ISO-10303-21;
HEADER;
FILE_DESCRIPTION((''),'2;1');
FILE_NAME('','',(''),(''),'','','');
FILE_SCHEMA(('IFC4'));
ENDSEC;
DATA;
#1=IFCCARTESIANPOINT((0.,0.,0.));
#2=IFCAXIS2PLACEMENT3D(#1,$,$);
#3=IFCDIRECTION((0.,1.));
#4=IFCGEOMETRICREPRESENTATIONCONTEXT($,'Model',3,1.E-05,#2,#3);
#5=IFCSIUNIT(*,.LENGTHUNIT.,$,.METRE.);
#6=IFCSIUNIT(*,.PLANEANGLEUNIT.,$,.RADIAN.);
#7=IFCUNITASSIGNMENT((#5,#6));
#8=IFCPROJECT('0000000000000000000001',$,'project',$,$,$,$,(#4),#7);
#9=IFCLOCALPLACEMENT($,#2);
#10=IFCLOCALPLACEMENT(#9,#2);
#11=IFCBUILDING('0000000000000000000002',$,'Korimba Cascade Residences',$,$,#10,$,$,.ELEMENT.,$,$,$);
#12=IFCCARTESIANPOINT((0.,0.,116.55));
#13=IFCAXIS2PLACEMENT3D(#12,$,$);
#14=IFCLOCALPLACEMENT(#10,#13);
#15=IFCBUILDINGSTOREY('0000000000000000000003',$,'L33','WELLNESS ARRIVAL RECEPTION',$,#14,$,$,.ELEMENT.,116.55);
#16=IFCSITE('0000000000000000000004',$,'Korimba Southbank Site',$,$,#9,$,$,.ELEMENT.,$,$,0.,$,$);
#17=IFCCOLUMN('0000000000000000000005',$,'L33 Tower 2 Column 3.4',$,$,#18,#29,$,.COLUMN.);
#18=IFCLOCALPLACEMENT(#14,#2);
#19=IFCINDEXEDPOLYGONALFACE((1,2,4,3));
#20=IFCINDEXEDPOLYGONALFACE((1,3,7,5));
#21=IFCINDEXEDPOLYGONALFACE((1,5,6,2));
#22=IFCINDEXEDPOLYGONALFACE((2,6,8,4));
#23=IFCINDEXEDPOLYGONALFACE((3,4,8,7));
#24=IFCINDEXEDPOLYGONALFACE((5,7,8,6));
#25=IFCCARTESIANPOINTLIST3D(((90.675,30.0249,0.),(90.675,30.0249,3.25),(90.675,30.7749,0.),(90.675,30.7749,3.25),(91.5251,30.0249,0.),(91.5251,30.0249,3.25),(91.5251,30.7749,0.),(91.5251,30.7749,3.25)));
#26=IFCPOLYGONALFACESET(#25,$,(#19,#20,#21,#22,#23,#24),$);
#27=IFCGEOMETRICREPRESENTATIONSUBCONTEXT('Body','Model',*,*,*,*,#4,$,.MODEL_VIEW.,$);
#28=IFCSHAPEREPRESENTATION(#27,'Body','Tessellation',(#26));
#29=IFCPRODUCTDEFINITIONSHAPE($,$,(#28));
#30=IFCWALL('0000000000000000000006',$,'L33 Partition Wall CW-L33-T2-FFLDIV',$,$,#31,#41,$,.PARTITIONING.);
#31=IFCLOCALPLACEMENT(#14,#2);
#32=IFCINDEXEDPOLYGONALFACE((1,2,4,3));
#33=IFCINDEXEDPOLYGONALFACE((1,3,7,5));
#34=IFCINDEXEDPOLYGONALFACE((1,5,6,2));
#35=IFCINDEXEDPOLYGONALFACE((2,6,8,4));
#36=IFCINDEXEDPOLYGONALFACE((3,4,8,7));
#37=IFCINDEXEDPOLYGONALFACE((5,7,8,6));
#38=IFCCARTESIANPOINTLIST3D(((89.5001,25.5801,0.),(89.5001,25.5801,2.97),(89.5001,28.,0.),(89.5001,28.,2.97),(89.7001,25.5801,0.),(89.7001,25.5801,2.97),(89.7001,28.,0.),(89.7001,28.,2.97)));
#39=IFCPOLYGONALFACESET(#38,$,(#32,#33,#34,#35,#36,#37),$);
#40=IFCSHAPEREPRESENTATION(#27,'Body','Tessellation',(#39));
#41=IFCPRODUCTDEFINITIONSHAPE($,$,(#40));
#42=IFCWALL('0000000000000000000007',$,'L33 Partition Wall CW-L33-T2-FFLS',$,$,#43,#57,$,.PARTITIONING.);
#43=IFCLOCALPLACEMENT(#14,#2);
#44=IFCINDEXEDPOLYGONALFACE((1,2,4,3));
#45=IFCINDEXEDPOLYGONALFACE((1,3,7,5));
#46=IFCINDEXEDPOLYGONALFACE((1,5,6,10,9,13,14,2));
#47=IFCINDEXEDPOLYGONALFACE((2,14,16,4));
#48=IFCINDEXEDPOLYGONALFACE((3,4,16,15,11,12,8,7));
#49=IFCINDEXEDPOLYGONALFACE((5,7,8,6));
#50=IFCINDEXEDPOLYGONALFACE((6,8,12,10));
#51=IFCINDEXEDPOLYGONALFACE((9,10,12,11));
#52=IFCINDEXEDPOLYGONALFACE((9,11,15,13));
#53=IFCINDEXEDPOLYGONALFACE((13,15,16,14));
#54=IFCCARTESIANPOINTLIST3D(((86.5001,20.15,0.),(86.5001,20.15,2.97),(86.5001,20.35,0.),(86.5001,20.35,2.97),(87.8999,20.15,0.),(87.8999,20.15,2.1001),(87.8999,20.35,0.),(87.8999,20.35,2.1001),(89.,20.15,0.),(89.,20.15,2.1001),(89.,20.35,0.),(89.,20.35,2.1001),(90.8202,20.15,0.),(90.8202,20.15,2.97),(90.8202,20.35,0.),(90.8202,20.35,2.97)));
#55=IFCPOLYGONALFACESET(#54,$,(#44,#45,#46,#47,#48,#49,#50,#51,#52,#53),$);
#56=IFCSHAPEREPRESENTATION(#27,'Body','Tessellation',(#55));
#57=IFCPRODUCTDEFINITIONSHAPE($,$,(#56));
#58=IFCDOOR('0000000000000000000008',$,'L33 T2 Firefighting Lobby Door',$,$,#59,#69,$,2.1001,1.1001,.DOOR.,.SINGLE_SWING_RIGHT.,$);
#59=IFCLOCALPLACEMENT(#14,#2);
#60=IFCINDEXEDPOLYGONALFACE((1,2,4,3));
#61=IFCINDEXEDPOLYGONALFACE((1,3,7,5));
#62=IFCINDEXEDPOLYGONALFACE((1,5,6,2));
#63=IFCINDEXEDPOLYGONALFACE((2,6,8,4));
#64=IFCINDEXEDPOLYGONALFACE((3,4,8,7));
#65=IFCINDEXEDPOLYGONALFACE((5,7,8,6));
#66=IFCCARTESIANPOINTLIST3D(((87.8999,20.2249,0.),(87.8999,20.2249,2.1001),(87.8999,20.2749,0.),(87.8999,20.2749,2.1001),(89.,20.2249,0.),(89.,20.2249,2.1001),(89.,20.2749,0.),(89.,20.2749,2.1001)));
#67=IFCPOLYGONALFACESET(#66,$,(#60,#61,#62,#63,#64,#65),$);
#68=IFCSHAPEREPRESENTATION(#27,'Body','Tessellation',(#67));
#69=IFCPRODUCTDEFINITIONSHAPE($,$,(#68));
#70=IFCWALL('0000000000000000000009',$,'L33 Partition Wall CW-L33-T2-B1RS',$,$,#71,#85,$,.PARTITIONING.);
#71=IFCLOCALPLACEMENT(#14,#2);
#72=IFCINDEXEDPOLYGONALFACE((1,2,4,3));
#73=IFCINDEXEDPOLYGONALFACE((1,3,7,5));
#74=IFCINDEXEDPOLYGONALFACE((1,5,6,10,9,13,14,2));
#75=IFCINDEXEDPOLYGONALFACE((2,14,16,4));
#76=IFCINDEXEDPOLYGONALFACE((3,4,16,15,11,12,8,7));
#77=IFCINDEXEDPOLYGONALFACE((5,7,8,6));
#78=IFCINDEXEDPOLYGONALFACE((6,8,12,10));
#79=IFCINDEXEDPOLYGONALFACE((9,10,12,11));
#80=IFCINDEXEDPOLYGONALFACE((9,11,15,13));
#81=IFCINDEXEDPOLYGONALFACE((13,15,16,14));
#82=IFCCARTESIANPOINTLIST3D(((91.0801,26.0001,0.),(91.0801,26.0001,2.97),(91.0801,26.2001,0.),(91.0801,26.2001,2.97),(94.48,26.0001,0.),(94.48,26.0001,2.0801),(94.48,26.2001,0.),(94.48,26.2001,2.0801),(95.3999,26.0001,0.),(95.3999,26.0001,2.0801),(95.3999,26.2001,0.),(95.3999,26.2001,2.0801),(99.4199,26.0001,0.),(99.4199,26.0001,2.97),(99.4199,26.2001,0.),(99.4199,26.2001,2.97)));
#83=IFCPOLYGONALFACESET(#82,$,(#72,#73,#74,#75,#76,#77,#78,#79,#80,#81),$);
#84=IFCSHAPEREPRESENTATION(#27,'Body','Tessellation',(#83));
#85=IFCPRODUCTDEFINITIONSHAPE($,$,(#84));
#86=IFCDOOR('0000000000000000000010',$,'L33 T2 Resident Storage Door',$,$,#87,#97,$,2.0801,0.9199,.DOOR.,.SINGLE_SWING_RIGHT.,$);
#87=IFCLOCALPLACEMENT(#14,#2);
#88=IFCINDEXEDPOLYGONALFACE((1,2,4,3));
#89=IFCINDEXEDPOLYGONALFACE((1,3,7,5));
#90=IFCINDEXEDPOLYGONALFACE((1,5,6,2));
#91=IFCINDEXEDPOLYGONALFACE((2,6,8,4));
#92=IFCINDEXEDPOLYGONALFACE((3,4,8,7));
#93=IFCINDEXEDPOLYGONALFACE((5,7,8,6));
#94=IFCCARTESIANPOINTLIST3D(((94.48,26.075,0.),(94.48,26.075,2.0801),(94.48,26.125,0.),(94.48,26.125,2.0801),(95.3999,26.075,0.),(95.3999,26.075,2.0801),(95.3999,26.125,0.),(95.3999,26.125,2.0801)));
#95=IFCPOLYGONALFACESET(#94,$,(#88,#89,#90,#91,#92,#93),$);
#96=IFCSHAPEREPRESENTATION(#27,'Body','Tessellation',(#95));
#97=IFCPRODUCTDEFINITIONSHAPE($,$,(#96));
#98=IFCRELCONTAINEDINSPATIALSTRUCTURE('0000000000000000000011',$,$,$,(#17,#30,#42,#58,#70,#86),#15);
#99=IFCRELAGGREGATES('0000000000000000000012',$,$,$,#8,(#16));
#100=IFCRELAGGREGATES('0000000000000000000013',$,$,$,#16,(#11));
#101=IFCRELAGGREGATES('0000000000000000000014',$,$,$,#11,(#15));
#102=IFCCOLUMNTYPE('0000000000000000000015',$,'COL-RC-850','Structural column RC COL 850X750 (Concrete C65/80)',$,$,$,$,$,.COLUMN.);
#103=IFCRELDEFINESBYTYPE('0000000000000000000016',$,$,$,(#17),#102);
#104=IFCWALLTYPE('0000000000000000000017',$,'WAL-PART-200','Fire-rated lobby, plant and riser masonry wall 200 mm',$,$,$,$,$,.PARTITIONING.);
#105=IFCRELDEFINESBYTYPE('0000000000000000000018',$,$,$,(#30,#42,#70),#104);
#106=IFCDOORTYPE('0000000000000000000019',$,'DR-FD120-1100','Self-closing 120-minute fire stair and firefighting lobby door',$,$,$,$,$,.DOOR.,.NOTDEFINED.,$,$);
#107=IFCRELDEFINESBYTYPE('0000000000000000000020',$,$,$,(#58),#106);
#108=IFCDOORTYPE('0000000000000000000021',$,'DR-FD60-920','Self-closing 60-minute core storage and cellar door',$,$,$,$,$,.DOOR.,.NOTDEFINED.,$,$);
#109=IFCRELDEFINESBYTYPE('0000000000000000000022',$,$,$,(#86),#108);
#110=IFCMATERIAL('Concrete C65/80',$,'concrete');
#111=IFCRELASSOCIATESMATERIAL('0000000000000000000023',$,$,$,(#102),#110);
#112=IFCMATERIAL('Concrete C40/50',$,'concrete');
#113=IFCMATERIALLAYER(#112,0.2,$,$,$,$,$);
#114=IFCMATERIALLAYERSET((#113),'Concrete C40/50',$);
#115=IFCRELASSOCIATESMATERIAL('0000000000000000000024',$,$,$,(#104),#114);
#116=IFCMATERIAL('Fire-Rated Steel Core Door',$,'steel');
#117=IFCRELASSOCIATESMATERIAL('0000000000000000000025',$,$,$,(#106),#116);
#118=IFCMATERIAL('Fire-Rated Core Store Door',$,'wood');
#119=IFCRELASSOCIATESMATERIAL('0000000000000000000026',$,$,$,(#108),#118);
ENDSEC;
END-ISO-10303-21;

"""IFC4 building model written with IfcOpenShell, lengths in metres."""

from ifc_helpers import new_model, si_unit, direction, frame, frame_2d, origin, origin_2d, place, context, subcontext, project, spatial, rectangle, extrude, material, layer, layer_set, material_profile, profile_set, type_object, element, fill, save


model = new_model("IFC4")

# Units and contexts
model_context = context("Model", 3, precision=1e-05, world=origin(), true_north=direction((0.0, 1.0)))
body_context = subcontext(model_context, "Body", "Model", "MODEL_VIEW")
ifc_project = project(units=[si_unit("LENGTHUNIT", "METRE"), si_unit("PLANEANGLEUNIT", "RADIAN")], contexts=[model_context])

# Site, building, storey
site_placement = place(None, origin())
site = spatial("IfcSite", under=ifc_project, at=site_placement, Name="Korimba Southbank Site", CompositionType="ELEMENT", RefElevation=0.0)
building_placement = place(site_placement, origin())
building = spatial("IfcBuilding", under=site, at=building_placement, Name="Korimba Cascade Residences", CompositionType="ELEMENT")
storey_placement = place(building_placement, frame((0.0, 0.0, 116.55)))
storey = spatial("IfcBuildingStorey", under=building, at=storey_placement, Name="L33", Description="WELLNESS ARRIVAL RECEPTION", CompositionType="ELEMENT", Elevation=116.55)

# Column
ifc_material_1 = material(Name="Concrete C65/80", Category="concrete")
ifc_material_profile = material_profile(ifc_material_1, rectangle(XDim=0.8501, YDim=0.75, at=origin_2d()), Name="Concrete C65/80")
ifc_profile_set = profile_set([ifc_material_profile], Name="Concrete C65/80")
column_type = type_object("IfcColumnType", Name="COL-RC-850", Description="Structural column RC COL 850X750 (Concrete C65/80)", PredefinedType="COLUMN", material=ifc_profile_set)
column_placement = place(storey_placement, frame((91.1001, 30.3999, 0.0), z_axis=(0.0, 0.0, 1.0), x_axis=(1.0, 0.0, 0.0)))
element("IfcColumn", 1, at=column_placement, inside=storey, type_object=column_type, Name="L33 Tower 2 Column 3.4", PredefinedType="COLUMN", context=body_context, shape_type="SweptSolid", body=[
    extrude(rectangle(XDim=0.8501, YDim=0.75, at=origin_2d()), origin(), (0.0, 0.0, 1.0), 3.25),
])

# Wall
ifc_material_2 = material(Name="Concrete C40/50", Category="concrete")
ifc_layer_1 = layer(ifc_material_2, 0.2)
ifc_layer_set_1 = layer_set([ifc_layer_1], Name="Concrete C40/50")
wall_type_1 = type_object("IfcWallType", Name="WAL-PART-200", Description="Fire-rated lobby, plant and riser masonry wall 200 mm", PredefinedType="PARTITIONING", material=ifc_layer_set_1)
wall_1_placement = place(storey_placement, frame((89.6001, 25.5801, 0.0), z_axis=(0.0, 0.0, 1.0), x_axis=(0.0, 1.0, 0.0)))
element("IfcWall", 2, at=wall_1_placement, inside=storey, type_object=wall_type_1, Name="L33 Partition Wall CW-L33-T2-FFLDIV", PredefinedType="PARTITIONING", context=body_context, shape_type="SweptSolid", body=[
    extrude(rectangle(XDim=2.4199, YDim=0.2, at=frame_2d((1.21, 0.0))), origin(), (0.0, 0.0, 1.0), 2.97),
])

# Walls, openings, doors
wall_2_placement = place(storey_placement, frame((86.5, 20.25, 0.0), z_axis=(0.0, 0.0, 1.0), x_axis=(1.0, 0.0, 0.0)))
wall_2 = element("IfcWall", 3, at=wall_2_placement, inside=storey, type_object=wall_type_1, Name="L33 Partition Wall CW-L33-T2-FFLS", PredefinedType="PARTITIONING", context=body_context, shape_type="SweptSolid", body=[
    extrude(rectangle(XDim=4.3201, YDim=0.2, at=frame_2d((2.1602, 0.0))), origin(), (0.0, 0.0, 1.0), 2.97),
])
opening_1_placement = place(wall_2_placement, frame((1.3999, 0.0, 0.0)))
opening_1 = element("IfcOpeningElement", 4, at=opening_1_placement, cuts=wall_2, PredefinedType="OPENING", context=body_context, shape_type="SweptSolid", body=[
    extrude(rectangle(XDim=1.1001, YDim=2.1001, at=frame_2d((0.55, 1.05))), frame((0.0, 0.1099, 0.0), z_axis=(0.0, -1.0, 0.0), x_axis=(1.0, 0.0, 0.0)), (0.0, 0.0, 1.0), 0.22),
])
ifc_material_3 = material(Name="Fire-Rated Steel Core Door", Category="steel")
door_type_1 = type_object("IfcDoorType", Name="DR-FD120-1100", Description="Self-closing 120-minute fire stair and firefighting lobby door", OperationType="NOTDEFINED", PredefinedType="DOOR", material=ifc_material_3)
door_1_placement = place(opening_1_placement, origin())
door_1 = element("IfcDoor", 5, at=door_1_placement, inside=storey, type_object=door_type_1, Name="L33 T2 Firefighting Lobby Door", OperationType="SINGLE_SWING_RIGHT", OverallHeight=2.1001, OverallWidth=1.1001, PredefinedType="DOOR", context=body_context, shape_type="SweptSolid", body=[
    extrude(rectangle(XDim=1.1001, YDim=2.1001, at=frame_2d((0.55, 1.05))), frame((0.0, 0.0249, 0.0), z_axis=(0.0, -1.0, 0.0), x_axis=(1.0, 0.0, 0.0)), (0.0, 0.0, 1.0), 0.05),
])
fill(opening_1, door_1)
wall_3_placement = place(storey_placement, frame((91.0801, 26.1001, 0.0), z_axis=(0.0, 0.0, 1.0), x_axis=(1.0, 0.0, 0.0)))
wall_3 = element("IfcWall", 6, at=wall_3_placement, inside=storey, type_object=wall_type_1, Name="L33 Partition Wall CW-L33-T2-B1RS", PredefinedType="PARTITIONING", context=body_context, shape_type="SweptSolid", body=[
    extrude(rectangle(XDim=8.3398, YDim=0.2, at=frame_2d((4.1699, 0.0))), origin(), (0.0, 0.0, 1.0), 2.97),
])
opening_2_placement = place(wall_3_placement, frame((3.3999, 0.0, 0.0)))
opening_2 = element("IfcOpeningElement", 7, at=opening_2_placement, cuts=wall_3, PredefinedType="OPENING", context=body_context, shape_type="SweptSolid", body=[
    extrude(rectangle(XDim=0.9199, YDim=2.0801, at=frame_2d((0.46, 1.04))), frame((0.0, 0.1099, 0.0), z_axis=(0.0, -1.0, 0.0), x_axis=(1.0, 0.0, 0.0)), (0.0, 0.0, 1.0), 0.22),
])
ifc_material_4 = material(Name="Fire-Rated Core Store Door", Category="wood")
door_type_2 = type_object("IfcDoorType", Name="DR-FD60-920", Description="Self-closing 60-minute core storage and cellar door", OperationType="NOTDEFINED", PredefinedType="DOOR", material=ifc_material_4)
door_2_placement = place(opening_2_placement, origin())
door_2 = element("IfcDoor", 8, at=door_2_placement, inside=storey, type_object=door_type_2, Name="L33 T2 Resident Storage Door", OperationType="SINGLE_SWING_RIGHT", OverallHeight=2.0801, OverallWidth=0.9199, PredefinedType="DOOR", context=body_context, shape_type="SweptSolid", body=[
    extrude(rectangle(XDim=0.9199, YDim=2.0801, at=frame_2d((0.46, 1.04))), frame((0.0, 0.0249, 0.0), z_axis=(0.0, -1.0, 0.0), x_axis=(1.0, 0.0, 0.0)), (0.0, 0.0, 1.0), 0.05),
])
fill(opening_2, door_2)

save(model, "model.ifc")
